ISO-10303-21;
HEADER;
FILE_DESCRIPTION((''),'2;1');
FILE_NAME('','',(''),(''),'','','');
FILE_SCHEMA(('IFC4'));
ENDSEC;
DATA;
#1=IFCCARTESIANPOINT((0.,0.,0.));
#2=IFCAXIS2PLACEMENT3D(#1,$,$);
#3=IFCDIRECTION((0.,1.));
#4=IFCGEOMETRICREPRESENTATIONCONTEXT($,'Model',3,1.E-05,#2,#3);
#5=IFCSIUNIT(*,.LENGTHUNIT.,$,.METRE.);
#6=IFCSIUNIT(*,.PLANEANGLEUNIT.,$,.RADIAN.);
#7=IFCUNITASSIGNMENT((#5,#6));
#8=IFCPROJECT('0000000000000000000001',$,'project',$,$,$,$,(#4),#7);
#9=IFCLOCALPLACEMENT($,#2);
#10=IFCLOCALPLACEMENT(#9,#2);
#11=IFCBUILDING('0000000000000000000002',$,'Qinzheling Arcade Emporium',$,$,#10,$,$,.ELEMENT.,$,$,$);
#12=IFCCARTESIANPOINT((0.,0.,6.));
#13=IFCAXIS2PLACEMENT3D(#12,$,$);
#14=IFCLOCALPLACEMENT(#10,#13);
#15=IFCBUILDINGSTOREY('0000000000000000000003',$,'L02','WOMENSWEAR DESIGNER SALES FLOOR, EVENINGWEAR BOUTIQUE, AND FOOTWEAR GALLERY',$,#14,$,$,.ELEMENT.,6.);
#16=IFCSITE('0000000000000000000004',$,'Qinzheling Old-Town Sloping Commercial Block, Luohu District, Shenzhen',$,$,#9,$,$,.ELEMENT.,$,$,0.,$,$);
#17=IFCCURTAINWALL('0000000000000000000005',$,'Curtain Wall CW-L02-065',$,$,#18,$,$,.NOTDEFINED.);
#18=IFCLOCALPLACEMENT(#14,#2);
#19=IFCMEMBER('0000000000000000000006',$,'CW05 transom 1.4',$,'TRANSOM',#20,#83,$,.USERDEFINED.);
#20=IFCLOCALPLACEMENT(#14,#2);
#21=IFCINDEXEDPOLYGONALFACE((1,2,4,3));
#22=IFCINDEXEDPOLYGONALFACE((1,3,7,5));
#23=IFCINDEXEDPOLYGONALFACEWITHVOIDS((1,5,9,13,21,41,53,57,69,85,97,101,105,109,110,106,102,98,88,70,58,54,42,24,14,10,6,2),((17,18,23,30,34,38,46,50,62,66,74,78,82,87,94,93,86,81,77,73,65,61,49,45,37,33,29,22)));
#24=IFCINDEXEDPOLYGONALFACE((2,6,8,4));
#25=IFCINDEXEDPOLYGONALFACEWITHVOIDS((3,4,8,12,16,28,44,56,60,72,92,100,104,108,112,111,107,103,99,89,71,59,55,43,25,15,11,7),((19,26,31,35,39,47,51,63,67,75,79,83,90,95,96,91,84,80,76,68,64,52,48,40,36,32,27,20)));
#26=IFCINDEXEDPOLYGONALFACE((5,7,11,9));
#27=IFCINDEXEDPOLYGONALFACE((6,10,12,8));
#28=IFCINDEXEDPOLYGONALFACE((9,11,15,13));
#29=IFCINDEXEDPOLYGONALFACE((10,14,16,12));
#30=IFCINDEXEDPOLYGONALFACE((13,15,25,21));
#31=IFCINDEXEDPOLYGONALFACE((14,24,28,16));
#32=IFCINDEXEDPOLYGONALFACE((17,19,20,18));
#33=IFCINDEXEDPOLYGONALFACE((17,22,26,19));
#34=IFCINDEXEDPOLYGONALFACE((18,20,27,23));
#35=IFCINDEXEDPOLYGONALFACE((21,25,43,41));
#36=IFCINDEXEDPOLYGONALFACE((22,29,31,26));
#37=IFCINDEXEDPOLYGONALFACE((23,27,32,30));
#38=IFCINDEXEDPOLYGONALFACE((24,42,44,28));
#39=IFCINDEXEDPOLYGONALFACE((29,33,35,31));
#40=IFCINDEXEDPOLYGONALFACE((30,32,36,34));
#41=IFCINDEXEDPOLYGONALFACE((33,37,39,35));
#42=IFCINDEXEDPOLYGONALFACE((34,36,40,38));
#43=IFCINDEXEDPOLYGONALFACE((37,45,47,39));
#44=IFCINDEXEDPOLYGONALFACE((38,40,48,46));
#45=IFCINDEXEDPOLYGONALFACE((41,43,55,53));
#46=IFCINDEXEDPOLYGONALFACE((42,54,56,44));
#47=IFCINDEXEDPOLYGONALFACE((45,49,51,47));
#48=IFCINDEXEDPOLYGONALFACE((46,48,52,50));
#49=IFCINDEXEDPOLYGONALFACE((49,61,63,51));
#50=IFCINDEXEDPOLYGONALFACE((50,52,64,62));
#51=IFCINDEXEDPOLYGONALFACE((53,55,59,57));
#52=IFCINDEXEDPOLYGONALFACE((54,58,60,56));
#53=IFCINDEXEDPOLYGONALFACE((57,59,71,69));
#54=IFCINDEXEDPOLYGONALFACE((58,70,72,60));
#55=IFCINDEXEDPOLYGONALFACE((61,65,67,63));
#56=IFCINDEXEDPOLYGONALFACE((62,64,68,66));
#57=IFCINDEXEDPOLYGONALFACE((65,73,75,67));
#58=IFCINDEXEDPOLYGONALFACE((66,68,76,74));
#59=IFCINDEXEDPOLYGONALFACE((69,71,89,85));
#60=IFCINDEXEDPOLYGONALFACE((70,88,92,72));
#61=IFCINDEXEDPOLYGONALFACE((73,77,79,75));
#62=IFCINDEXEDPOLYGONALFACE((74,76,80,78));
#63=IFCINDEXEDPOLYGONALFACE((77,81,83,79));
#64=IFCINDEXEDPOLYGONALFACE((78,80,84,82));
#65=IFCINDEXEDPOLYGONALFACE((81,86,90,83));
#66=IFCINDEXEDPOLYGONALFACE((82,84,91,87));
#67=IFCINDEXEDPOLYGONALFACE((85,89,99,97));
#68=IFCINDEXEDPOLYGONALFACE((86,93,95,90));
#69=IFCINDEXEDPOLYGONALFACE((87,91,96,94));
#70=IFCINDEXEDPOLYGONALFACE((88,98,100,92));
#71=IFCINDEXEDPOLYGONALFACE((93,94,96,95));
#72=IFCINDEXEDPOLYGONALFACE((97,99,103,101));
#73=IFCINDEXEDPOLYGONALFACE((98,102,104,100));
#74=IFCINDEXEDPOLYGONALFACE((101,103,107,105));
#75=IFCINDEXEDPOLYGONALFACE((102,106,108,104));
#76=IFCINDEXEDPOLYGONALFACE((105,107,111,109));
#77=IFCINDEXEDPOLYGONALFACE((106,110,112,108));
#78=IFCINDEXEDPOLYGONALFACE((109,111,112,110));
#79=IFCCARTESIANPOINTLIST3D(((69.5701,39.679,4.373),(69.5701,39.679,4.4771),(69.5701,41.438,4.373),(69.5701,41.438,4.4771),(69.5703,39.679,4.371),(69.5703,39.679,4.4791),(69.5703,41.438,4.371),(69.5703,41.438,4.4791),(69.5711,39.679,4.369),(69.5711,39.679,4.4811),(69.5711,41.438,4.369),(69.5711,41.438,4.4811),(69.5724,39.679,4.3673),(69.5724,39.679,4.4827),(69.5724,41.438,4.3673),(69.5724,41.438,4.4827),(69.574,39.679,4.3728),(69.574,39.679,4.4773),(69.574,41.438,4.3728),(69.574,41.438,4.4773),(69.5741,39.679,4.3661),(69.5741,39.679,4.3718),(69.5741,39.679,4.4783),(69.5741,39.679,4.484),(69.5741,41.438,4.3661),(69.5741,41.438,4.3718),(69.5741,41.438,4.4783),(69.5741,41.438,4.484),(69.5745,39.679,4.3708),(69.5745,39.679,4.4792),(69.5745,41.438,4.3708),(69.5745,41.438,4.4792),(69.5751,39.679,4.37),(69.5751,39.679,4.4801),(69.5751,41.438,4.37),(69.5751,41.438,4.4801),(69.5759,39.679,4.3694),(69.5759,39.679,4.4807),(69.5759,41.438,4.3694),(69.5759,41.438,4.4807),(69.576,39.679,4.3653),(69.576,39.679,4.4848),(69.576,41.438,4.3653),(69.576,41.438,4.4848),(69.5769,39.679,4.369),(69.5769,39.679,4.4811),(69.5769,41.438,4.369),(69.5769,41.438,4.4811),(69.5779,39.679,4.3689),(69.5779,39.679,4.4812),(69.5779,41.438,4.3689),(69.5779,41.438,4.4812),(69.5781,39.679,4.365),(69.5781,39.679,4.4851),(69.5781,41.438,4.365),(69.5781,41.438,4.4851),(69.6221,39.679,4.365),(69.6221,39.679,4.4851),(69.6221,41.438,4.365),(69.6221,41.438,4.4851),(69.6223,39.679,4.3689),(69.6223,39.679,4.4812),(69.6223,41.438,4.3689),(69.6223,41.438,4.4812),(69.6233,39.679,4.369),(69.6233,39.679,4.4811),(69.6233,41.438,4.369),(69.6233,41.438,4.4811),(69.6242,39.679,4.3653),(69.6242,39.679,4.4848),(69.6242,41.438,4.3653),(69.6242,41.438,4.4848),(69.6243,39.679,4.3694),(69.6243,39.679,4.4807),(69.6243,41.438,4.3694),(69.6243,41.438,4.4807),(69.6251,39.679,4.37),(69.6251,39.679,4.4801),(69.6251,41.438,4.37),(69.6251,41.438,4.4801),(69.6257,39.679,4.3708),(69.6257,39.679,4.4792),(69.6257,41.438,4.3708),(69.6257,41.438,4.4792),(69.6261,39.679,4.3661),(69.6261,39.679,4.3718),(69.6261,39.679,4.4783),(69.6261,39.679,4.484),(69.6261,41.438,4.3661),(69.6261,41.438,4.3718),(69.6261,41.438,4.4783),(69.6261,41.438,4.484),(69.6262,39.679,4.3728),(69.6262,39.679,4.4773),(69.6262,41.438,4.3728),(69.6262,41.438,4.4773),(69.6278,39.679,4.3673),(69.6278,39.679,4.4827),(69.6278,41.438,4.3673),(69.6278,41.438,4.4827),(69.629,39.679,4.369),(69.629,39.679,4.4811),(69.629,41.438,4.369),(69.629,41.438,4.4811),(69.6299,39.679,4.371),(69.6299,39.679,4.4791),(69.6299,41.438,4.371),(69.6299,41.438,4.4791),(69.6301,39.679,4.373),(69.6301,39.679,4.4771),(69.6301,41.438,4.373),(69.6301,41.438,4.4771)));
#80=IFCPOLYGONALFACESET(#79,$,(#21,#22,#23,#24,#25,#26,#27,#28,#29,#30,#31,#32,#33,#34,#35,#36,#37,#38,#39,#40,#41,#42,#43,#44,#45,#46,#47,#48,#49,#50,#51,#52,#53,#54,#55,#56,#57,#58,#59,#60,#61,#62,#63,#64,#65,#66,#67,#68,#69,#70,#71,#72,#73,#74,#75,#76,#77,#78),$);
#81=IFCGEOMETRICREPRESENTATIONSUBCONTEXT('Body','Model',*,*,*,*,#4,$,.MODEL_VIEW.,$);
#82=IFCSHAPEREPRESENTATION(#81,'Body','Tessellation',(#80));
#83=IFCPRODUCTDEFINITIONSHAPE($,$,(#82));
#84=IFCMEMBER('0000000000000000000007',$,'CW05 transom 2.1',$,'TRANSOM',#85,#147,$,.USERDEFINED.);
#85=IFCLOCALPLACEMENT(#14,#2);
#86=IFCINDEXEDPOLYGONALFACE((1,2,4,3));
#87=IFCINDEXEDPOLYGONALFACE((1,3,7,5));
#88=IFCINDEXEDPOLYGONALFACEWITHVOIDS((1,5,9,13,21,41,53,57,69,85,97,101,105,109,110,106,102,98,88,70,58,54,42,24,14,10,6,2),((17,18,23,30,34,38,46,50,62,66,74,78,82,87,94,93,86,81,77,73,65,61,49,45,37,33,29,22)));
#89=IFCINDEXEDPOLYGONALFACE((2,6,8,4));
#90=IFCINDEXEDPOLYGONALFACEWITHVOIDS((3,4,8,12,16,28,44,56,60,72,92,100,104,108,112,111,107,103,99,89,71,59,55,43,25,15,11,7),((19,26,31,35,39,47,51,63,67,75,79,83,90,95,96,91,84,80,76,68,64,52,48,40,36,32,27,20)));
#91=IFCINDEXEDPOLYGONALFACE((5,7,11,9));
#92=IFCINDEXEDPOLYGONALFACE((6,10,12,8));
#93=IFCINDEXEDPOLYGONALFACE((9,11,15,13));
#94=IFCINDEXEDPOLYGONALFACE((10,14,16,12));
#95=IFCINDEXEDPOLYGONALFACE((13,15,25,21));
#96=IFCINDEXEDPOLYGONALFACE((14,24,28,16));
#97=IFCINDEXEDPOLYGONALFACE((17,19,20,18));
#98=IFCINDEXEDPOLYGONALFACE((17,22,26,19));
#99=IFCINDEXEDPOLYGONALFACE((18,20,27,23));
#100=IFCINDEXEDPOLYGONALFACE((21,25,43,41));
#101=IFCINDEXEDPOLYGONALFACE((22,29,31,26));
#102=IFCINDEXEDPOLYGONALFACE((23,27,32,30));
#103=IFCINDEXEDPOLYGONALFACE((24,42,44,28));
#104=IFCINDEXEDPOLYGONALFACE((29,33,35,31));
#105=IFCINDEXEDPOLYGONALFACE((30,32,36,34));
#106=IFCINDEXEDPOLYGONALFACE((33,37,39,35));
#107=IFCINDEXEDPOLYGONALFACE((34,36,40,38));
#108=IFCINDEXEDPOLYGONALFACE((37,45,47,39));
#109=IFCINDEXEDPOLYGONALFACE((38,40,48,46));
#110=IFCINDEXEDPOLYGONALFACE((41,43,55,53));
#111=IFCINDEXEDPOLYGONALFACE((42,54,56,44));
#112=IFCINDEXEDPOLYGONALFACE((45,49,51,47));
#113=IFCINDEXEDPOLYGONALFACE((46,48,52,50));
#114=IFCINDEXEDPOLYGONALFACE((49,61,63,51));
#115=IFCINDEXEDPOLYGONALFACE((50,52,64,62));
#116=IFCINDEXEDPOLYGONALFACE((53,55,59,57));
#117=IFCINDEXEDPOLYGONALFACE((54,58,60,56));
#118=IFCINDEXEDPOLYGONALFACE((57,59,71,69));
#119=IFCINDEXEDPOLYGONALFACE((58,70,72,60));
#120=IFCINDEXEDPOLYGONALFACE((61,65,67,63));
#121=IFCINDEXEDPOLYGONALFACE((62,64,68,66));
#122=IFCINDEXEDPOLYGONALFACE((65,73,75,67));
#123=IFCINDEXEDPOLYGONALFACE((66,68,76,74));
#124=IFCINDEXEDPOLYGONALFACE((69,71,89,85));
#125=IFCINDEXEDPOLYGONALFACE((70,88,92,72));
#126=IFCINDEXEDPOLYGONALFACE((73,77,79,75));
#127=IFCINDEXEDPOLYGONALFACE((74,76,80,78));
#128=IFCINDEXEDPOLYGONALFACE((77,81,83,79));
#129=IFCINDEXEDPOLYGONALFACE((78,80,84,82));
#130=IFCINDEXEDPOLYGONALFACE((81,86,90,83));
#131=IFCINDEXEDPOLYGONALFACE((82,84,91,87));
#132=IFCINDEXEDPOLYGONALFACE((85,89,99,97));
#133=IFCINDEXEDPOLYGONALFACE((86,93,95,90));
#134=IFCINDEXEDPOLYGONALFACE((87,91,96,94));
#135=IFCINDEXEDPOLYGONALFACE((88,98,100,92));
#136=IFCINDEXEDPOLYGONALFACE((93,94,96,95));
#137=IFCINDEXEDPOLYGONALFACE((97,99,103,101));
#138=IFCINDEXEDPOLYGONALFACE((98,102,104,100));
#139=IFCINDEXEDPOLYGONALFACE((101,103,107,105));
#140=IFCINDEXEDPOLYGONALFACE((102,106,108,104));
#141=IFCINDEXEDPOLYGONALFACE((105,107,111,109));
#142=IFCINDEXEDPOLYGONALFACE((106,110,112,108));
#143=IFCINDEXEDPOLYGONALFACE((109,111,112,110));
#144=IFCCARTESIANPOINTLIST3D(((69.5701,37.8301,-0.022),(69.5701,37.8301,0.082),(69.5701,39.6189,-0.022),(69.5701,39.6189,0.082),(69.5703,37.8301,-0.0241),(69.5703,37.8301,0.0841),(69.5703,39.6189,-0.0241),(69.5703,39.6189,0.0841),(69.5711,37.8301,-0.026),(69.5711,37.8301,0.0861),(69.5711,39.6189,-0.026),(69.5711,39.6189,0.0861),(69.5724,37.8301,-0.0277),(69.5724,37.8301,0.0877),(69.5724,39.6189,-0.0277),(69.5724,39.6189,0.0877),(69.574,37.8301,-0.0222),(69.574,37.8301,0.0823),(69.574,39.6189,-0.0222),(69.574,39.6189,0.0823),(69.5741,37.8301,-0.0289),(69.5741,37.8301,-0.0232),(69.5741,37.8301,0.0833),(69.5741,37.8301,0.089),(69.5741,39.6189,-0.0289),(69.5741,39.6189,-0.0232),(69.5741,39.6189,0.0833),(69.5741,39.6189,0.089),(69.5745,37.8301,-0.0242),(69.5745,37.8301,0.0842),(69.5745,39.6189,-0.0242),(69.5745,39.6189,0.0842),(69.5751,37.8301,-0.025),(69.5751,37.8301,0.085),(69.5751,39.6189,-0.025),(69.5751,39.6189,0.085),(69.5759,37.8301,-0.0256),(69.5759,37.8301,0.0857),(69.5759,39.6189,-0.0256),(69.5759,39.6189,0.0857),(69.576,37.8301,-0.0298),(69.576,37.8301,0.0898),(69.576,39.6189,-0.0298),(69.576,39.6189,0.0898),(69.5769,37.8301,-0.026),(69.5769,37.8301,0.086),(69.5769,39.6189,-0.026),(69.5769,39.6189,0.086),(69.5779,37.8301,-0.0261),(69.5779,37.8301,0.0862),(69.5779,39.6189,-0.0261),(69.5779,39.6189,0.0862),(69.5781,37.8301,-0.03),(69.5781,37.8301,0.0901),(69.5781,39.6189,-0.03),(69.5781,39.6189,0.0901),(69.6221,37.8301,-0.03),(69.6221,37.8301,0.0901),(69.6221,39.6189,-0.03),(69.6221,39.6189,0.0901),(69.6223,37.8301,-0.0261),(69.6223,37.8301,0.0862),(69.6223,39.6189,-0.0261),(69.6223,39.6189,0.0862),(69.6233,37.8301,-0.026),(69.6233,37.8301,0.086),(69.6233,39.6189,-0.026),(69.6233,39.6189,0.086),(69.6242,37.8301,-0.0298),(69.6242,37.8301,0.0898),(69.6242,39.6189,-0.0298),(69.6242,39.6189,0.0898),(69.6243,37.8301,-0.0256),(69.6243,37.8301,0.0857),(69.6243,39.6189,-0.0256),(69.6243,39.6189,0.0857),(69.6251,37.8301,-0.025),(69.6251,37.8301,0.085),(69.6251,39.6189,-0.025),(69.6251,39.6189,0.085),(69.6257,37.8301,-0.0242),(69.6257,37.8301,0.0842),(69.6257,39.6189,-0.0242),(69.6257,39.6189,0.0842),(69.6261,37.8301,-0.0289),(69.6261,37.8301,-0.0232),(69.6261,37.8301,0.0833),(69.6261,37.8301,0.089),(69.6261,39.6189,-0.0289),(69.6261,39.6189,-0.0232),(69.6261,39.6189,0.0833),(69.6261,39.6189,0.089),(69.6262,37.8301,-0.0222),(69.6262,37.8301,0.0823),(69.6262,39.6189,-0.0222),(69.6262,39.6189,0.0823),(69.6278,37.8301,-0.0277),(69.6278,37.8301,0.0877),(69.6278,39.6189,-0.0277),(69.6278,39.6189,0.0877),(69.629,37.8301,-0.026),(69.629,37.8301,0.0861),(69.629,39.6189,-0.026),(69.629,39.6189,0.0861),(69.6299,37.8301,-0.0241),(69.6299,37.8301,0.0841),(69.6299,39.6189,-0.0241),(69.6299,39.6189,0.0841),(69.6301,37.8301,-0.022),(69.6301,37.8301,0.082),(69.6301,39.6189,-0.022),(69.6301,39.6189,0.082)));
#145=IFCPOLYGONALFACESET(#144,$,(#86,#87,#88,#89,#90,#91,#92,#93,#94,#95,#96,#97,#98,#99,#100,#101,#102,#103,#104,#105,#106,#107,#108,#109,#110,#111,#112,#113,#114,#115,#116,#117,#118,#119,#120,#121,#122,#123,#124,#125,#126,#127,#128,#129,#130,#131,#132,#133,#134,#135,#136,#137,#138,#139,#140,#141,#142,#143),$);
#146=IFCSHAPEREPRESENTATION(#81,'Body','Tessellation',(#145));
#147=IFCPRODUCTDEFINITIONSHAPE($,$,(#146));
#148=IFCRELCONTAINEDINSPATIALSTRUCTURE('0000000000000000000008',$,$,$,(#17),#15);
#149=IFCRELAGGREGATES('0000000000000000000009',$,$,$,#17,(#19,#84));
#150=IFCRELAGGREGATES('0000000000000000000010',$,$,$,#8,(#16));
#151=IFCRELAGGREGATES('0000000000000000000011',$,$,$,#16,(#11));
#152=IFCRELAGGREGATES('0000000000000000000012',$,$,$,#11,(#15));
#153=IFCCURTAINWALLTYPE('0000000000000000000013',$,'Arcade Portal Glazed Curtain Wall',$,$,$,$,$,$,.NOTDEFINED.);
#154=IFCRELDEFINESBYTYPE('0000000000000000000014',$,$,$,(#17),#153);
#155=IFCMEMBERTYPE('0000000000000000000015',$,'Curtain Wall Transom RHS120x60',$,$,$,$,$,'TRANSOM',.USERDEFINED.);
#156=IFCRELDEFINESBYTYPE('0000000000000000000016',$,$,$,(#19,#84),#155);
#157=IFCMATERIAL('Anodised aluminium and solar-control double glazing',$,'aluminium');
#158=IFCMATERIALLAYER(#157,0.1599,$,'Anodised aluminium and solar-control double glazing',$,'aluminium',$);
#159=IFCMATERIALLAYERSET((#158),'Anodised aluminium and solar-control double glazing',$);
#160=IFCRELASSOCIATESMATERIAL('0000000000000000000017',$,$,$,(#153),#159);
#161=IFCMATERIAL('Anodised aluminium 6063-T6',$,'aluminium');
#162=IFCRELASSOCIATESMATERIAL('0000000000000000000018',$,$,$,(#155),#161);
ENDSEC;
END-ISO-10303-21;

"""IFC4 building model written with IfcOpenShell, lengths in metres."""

from ifc_helpers import new_model, si_unit, direction, frame, origin, origin_2d, place, context, subcontext, project, spatial, hollow_rectangle, extrude, material, layer, layer_set, material_profile, profile_set, type_object, element, aggregate, save


model = new_model("IFC4")

# Units and contexts
model_context = context("Model", 3, precision=1e-05, world=origin(), true_north=direction((0.0, 1.0)))
body_context = subcontext(model_context, "Body", "Model", "MODEL_VIEW")
ifc_project = project(units=[si_unit("LENGTHUNIT", "METRE"), si_unit("PLANEANGLEUNIT", "RADIAN")], contexts=[model_context])

# Site, building, storey
site_placement = place(None, origin())
site = spatial("IfcSite", under=ifc_project, at=site_placement, Name="Qinzheling Old-Town Sloping Commercial Block, Luohu District, Shenzhen", CompositionType="ELEMENT", RefElevation=0.0)
building_placement = place(site_placement, origin())
building = spatial("IfcBuilding", under=site, at=building_placement, Name="Qinzheling Arcade Emporium", CompositionType="ELEMENT")
storey_placement = place(building_placement, frame((0.0, 0.0, 6.0)))
storey = spatial("IfcBuildingStorey", under=building, at=storey_placement, Name="L02", Description="WOMENSWEAR DESIGNER SALES FLOOR, EVENINGWEAR BOUTIQUE, AND FOOTWEAR GALLERY", CompositionType="ELEMENT", Elevation=6.0)

# Shared definitions
ifc_material_1 = material(Name="Anodised aluminium and solar-control double glazing", Category="aluminium")
ifc_material_2 = material(Name="Anodised aluminium 6063-T6", Category="aluminium")

# Curtain wall, members
ifc_layer_1 = layer(ifc_material_1, 0.1599, Name="Anodised aluminium and solar-control double glazing", Category="aluminium")
ifc_layer_set_1 = layer_set([ifc_layer_1], Name="Anodised aluminium and solar-control double glazing")
curtain_wall_type_1 = type_object("IfcCurtainWallType", Name="Arcade Portal Glazed Curtain Wall", PredefinedType="NOTDEFINED", material=ifc_layer_set_1)
curtain_wall_1_placement = place(storey_placement, origin())
curtain_wall_1 = element("IfcCurtainWall", 1, at=curtain_wall_1_placement, inside=storey, type_object=curtain_wall_type_1, Name="Curtain Wall CW-L02-065", PredefinedType="NOTDEFINED")
ifc_material_profile_1 = material_profile(ifc_material_2, hollow_rectangle(XDim=0.0601, YDim=0.1201, WallThickness=0.0039, InnerFilletRadius=0.0039, OuterFilletRadius=0.0081, at=origin_2d()), Name="RHS 120x60x4", Category="aluminium")
ifc_profile_set_1 = profile_set([ifc_material_profile_1], Name="Anodised aluminium 6063-T6")
member_type_1 = type_object("IfcMemberType", Name="Curtain Wall Transom RHS120x60", ElementType="TRANSOM", PredefinedType="USERDEFINED", material=ifc_profile_set_1)
member_1_placement = place(storey_placement, frame((69.6001, 41.438, 4.425), z_axis=(0.0, -1.0, 0.0), x_axis=(1.0, 0.0, 0.0)))
member_1 = element("IfcMember", 2, at=member_1_placement, type_object=member_type_1, Name="CW05 transom 1.4", ObjectType="TRANSOM", PredefinedType="USERDEFINED", context=body_context, shape_type="SweptSolid", body=[
    extrude(hollow_rectangle(XDim=0.0601, YDim=0.1201, WallThickness=0.0039, InnerFilletRadius=0.0039, OuterFilletRadius=0.0081, at=origin_2d()), origin(), (0.0, 0.0, 1.0), 1.759),
])
member_2_placement = place(storey_placement, frame((69.6001, 39.6189, 0.03), z_axis=(0.0, -1.0, 0.0), x_axis=(1.0, 0.0, 0.0)))
member_2 = element("IfcMember", 3, at=member_2_placement, type_object=member_type_1, Name="CW05 transom 2.1", ObjectType="TRANSOM", PredefinedType="USERDEFINED", context=body_context, shape_type="SweptSolid", body=[
    extrude(hollow_rectangle(XDim=0.0601, YDim=0.1201, WallThickness=0.0039, InnerFilletRadius=0.0039, OuterFilletRadius=0.0081, at=origin_2d()), origin(), (0.0, 0.0, 1.0), 1.7888),
])

aggregate(curtain_wall_1, [member_1, member_2])

save(model, "model.ifc")
